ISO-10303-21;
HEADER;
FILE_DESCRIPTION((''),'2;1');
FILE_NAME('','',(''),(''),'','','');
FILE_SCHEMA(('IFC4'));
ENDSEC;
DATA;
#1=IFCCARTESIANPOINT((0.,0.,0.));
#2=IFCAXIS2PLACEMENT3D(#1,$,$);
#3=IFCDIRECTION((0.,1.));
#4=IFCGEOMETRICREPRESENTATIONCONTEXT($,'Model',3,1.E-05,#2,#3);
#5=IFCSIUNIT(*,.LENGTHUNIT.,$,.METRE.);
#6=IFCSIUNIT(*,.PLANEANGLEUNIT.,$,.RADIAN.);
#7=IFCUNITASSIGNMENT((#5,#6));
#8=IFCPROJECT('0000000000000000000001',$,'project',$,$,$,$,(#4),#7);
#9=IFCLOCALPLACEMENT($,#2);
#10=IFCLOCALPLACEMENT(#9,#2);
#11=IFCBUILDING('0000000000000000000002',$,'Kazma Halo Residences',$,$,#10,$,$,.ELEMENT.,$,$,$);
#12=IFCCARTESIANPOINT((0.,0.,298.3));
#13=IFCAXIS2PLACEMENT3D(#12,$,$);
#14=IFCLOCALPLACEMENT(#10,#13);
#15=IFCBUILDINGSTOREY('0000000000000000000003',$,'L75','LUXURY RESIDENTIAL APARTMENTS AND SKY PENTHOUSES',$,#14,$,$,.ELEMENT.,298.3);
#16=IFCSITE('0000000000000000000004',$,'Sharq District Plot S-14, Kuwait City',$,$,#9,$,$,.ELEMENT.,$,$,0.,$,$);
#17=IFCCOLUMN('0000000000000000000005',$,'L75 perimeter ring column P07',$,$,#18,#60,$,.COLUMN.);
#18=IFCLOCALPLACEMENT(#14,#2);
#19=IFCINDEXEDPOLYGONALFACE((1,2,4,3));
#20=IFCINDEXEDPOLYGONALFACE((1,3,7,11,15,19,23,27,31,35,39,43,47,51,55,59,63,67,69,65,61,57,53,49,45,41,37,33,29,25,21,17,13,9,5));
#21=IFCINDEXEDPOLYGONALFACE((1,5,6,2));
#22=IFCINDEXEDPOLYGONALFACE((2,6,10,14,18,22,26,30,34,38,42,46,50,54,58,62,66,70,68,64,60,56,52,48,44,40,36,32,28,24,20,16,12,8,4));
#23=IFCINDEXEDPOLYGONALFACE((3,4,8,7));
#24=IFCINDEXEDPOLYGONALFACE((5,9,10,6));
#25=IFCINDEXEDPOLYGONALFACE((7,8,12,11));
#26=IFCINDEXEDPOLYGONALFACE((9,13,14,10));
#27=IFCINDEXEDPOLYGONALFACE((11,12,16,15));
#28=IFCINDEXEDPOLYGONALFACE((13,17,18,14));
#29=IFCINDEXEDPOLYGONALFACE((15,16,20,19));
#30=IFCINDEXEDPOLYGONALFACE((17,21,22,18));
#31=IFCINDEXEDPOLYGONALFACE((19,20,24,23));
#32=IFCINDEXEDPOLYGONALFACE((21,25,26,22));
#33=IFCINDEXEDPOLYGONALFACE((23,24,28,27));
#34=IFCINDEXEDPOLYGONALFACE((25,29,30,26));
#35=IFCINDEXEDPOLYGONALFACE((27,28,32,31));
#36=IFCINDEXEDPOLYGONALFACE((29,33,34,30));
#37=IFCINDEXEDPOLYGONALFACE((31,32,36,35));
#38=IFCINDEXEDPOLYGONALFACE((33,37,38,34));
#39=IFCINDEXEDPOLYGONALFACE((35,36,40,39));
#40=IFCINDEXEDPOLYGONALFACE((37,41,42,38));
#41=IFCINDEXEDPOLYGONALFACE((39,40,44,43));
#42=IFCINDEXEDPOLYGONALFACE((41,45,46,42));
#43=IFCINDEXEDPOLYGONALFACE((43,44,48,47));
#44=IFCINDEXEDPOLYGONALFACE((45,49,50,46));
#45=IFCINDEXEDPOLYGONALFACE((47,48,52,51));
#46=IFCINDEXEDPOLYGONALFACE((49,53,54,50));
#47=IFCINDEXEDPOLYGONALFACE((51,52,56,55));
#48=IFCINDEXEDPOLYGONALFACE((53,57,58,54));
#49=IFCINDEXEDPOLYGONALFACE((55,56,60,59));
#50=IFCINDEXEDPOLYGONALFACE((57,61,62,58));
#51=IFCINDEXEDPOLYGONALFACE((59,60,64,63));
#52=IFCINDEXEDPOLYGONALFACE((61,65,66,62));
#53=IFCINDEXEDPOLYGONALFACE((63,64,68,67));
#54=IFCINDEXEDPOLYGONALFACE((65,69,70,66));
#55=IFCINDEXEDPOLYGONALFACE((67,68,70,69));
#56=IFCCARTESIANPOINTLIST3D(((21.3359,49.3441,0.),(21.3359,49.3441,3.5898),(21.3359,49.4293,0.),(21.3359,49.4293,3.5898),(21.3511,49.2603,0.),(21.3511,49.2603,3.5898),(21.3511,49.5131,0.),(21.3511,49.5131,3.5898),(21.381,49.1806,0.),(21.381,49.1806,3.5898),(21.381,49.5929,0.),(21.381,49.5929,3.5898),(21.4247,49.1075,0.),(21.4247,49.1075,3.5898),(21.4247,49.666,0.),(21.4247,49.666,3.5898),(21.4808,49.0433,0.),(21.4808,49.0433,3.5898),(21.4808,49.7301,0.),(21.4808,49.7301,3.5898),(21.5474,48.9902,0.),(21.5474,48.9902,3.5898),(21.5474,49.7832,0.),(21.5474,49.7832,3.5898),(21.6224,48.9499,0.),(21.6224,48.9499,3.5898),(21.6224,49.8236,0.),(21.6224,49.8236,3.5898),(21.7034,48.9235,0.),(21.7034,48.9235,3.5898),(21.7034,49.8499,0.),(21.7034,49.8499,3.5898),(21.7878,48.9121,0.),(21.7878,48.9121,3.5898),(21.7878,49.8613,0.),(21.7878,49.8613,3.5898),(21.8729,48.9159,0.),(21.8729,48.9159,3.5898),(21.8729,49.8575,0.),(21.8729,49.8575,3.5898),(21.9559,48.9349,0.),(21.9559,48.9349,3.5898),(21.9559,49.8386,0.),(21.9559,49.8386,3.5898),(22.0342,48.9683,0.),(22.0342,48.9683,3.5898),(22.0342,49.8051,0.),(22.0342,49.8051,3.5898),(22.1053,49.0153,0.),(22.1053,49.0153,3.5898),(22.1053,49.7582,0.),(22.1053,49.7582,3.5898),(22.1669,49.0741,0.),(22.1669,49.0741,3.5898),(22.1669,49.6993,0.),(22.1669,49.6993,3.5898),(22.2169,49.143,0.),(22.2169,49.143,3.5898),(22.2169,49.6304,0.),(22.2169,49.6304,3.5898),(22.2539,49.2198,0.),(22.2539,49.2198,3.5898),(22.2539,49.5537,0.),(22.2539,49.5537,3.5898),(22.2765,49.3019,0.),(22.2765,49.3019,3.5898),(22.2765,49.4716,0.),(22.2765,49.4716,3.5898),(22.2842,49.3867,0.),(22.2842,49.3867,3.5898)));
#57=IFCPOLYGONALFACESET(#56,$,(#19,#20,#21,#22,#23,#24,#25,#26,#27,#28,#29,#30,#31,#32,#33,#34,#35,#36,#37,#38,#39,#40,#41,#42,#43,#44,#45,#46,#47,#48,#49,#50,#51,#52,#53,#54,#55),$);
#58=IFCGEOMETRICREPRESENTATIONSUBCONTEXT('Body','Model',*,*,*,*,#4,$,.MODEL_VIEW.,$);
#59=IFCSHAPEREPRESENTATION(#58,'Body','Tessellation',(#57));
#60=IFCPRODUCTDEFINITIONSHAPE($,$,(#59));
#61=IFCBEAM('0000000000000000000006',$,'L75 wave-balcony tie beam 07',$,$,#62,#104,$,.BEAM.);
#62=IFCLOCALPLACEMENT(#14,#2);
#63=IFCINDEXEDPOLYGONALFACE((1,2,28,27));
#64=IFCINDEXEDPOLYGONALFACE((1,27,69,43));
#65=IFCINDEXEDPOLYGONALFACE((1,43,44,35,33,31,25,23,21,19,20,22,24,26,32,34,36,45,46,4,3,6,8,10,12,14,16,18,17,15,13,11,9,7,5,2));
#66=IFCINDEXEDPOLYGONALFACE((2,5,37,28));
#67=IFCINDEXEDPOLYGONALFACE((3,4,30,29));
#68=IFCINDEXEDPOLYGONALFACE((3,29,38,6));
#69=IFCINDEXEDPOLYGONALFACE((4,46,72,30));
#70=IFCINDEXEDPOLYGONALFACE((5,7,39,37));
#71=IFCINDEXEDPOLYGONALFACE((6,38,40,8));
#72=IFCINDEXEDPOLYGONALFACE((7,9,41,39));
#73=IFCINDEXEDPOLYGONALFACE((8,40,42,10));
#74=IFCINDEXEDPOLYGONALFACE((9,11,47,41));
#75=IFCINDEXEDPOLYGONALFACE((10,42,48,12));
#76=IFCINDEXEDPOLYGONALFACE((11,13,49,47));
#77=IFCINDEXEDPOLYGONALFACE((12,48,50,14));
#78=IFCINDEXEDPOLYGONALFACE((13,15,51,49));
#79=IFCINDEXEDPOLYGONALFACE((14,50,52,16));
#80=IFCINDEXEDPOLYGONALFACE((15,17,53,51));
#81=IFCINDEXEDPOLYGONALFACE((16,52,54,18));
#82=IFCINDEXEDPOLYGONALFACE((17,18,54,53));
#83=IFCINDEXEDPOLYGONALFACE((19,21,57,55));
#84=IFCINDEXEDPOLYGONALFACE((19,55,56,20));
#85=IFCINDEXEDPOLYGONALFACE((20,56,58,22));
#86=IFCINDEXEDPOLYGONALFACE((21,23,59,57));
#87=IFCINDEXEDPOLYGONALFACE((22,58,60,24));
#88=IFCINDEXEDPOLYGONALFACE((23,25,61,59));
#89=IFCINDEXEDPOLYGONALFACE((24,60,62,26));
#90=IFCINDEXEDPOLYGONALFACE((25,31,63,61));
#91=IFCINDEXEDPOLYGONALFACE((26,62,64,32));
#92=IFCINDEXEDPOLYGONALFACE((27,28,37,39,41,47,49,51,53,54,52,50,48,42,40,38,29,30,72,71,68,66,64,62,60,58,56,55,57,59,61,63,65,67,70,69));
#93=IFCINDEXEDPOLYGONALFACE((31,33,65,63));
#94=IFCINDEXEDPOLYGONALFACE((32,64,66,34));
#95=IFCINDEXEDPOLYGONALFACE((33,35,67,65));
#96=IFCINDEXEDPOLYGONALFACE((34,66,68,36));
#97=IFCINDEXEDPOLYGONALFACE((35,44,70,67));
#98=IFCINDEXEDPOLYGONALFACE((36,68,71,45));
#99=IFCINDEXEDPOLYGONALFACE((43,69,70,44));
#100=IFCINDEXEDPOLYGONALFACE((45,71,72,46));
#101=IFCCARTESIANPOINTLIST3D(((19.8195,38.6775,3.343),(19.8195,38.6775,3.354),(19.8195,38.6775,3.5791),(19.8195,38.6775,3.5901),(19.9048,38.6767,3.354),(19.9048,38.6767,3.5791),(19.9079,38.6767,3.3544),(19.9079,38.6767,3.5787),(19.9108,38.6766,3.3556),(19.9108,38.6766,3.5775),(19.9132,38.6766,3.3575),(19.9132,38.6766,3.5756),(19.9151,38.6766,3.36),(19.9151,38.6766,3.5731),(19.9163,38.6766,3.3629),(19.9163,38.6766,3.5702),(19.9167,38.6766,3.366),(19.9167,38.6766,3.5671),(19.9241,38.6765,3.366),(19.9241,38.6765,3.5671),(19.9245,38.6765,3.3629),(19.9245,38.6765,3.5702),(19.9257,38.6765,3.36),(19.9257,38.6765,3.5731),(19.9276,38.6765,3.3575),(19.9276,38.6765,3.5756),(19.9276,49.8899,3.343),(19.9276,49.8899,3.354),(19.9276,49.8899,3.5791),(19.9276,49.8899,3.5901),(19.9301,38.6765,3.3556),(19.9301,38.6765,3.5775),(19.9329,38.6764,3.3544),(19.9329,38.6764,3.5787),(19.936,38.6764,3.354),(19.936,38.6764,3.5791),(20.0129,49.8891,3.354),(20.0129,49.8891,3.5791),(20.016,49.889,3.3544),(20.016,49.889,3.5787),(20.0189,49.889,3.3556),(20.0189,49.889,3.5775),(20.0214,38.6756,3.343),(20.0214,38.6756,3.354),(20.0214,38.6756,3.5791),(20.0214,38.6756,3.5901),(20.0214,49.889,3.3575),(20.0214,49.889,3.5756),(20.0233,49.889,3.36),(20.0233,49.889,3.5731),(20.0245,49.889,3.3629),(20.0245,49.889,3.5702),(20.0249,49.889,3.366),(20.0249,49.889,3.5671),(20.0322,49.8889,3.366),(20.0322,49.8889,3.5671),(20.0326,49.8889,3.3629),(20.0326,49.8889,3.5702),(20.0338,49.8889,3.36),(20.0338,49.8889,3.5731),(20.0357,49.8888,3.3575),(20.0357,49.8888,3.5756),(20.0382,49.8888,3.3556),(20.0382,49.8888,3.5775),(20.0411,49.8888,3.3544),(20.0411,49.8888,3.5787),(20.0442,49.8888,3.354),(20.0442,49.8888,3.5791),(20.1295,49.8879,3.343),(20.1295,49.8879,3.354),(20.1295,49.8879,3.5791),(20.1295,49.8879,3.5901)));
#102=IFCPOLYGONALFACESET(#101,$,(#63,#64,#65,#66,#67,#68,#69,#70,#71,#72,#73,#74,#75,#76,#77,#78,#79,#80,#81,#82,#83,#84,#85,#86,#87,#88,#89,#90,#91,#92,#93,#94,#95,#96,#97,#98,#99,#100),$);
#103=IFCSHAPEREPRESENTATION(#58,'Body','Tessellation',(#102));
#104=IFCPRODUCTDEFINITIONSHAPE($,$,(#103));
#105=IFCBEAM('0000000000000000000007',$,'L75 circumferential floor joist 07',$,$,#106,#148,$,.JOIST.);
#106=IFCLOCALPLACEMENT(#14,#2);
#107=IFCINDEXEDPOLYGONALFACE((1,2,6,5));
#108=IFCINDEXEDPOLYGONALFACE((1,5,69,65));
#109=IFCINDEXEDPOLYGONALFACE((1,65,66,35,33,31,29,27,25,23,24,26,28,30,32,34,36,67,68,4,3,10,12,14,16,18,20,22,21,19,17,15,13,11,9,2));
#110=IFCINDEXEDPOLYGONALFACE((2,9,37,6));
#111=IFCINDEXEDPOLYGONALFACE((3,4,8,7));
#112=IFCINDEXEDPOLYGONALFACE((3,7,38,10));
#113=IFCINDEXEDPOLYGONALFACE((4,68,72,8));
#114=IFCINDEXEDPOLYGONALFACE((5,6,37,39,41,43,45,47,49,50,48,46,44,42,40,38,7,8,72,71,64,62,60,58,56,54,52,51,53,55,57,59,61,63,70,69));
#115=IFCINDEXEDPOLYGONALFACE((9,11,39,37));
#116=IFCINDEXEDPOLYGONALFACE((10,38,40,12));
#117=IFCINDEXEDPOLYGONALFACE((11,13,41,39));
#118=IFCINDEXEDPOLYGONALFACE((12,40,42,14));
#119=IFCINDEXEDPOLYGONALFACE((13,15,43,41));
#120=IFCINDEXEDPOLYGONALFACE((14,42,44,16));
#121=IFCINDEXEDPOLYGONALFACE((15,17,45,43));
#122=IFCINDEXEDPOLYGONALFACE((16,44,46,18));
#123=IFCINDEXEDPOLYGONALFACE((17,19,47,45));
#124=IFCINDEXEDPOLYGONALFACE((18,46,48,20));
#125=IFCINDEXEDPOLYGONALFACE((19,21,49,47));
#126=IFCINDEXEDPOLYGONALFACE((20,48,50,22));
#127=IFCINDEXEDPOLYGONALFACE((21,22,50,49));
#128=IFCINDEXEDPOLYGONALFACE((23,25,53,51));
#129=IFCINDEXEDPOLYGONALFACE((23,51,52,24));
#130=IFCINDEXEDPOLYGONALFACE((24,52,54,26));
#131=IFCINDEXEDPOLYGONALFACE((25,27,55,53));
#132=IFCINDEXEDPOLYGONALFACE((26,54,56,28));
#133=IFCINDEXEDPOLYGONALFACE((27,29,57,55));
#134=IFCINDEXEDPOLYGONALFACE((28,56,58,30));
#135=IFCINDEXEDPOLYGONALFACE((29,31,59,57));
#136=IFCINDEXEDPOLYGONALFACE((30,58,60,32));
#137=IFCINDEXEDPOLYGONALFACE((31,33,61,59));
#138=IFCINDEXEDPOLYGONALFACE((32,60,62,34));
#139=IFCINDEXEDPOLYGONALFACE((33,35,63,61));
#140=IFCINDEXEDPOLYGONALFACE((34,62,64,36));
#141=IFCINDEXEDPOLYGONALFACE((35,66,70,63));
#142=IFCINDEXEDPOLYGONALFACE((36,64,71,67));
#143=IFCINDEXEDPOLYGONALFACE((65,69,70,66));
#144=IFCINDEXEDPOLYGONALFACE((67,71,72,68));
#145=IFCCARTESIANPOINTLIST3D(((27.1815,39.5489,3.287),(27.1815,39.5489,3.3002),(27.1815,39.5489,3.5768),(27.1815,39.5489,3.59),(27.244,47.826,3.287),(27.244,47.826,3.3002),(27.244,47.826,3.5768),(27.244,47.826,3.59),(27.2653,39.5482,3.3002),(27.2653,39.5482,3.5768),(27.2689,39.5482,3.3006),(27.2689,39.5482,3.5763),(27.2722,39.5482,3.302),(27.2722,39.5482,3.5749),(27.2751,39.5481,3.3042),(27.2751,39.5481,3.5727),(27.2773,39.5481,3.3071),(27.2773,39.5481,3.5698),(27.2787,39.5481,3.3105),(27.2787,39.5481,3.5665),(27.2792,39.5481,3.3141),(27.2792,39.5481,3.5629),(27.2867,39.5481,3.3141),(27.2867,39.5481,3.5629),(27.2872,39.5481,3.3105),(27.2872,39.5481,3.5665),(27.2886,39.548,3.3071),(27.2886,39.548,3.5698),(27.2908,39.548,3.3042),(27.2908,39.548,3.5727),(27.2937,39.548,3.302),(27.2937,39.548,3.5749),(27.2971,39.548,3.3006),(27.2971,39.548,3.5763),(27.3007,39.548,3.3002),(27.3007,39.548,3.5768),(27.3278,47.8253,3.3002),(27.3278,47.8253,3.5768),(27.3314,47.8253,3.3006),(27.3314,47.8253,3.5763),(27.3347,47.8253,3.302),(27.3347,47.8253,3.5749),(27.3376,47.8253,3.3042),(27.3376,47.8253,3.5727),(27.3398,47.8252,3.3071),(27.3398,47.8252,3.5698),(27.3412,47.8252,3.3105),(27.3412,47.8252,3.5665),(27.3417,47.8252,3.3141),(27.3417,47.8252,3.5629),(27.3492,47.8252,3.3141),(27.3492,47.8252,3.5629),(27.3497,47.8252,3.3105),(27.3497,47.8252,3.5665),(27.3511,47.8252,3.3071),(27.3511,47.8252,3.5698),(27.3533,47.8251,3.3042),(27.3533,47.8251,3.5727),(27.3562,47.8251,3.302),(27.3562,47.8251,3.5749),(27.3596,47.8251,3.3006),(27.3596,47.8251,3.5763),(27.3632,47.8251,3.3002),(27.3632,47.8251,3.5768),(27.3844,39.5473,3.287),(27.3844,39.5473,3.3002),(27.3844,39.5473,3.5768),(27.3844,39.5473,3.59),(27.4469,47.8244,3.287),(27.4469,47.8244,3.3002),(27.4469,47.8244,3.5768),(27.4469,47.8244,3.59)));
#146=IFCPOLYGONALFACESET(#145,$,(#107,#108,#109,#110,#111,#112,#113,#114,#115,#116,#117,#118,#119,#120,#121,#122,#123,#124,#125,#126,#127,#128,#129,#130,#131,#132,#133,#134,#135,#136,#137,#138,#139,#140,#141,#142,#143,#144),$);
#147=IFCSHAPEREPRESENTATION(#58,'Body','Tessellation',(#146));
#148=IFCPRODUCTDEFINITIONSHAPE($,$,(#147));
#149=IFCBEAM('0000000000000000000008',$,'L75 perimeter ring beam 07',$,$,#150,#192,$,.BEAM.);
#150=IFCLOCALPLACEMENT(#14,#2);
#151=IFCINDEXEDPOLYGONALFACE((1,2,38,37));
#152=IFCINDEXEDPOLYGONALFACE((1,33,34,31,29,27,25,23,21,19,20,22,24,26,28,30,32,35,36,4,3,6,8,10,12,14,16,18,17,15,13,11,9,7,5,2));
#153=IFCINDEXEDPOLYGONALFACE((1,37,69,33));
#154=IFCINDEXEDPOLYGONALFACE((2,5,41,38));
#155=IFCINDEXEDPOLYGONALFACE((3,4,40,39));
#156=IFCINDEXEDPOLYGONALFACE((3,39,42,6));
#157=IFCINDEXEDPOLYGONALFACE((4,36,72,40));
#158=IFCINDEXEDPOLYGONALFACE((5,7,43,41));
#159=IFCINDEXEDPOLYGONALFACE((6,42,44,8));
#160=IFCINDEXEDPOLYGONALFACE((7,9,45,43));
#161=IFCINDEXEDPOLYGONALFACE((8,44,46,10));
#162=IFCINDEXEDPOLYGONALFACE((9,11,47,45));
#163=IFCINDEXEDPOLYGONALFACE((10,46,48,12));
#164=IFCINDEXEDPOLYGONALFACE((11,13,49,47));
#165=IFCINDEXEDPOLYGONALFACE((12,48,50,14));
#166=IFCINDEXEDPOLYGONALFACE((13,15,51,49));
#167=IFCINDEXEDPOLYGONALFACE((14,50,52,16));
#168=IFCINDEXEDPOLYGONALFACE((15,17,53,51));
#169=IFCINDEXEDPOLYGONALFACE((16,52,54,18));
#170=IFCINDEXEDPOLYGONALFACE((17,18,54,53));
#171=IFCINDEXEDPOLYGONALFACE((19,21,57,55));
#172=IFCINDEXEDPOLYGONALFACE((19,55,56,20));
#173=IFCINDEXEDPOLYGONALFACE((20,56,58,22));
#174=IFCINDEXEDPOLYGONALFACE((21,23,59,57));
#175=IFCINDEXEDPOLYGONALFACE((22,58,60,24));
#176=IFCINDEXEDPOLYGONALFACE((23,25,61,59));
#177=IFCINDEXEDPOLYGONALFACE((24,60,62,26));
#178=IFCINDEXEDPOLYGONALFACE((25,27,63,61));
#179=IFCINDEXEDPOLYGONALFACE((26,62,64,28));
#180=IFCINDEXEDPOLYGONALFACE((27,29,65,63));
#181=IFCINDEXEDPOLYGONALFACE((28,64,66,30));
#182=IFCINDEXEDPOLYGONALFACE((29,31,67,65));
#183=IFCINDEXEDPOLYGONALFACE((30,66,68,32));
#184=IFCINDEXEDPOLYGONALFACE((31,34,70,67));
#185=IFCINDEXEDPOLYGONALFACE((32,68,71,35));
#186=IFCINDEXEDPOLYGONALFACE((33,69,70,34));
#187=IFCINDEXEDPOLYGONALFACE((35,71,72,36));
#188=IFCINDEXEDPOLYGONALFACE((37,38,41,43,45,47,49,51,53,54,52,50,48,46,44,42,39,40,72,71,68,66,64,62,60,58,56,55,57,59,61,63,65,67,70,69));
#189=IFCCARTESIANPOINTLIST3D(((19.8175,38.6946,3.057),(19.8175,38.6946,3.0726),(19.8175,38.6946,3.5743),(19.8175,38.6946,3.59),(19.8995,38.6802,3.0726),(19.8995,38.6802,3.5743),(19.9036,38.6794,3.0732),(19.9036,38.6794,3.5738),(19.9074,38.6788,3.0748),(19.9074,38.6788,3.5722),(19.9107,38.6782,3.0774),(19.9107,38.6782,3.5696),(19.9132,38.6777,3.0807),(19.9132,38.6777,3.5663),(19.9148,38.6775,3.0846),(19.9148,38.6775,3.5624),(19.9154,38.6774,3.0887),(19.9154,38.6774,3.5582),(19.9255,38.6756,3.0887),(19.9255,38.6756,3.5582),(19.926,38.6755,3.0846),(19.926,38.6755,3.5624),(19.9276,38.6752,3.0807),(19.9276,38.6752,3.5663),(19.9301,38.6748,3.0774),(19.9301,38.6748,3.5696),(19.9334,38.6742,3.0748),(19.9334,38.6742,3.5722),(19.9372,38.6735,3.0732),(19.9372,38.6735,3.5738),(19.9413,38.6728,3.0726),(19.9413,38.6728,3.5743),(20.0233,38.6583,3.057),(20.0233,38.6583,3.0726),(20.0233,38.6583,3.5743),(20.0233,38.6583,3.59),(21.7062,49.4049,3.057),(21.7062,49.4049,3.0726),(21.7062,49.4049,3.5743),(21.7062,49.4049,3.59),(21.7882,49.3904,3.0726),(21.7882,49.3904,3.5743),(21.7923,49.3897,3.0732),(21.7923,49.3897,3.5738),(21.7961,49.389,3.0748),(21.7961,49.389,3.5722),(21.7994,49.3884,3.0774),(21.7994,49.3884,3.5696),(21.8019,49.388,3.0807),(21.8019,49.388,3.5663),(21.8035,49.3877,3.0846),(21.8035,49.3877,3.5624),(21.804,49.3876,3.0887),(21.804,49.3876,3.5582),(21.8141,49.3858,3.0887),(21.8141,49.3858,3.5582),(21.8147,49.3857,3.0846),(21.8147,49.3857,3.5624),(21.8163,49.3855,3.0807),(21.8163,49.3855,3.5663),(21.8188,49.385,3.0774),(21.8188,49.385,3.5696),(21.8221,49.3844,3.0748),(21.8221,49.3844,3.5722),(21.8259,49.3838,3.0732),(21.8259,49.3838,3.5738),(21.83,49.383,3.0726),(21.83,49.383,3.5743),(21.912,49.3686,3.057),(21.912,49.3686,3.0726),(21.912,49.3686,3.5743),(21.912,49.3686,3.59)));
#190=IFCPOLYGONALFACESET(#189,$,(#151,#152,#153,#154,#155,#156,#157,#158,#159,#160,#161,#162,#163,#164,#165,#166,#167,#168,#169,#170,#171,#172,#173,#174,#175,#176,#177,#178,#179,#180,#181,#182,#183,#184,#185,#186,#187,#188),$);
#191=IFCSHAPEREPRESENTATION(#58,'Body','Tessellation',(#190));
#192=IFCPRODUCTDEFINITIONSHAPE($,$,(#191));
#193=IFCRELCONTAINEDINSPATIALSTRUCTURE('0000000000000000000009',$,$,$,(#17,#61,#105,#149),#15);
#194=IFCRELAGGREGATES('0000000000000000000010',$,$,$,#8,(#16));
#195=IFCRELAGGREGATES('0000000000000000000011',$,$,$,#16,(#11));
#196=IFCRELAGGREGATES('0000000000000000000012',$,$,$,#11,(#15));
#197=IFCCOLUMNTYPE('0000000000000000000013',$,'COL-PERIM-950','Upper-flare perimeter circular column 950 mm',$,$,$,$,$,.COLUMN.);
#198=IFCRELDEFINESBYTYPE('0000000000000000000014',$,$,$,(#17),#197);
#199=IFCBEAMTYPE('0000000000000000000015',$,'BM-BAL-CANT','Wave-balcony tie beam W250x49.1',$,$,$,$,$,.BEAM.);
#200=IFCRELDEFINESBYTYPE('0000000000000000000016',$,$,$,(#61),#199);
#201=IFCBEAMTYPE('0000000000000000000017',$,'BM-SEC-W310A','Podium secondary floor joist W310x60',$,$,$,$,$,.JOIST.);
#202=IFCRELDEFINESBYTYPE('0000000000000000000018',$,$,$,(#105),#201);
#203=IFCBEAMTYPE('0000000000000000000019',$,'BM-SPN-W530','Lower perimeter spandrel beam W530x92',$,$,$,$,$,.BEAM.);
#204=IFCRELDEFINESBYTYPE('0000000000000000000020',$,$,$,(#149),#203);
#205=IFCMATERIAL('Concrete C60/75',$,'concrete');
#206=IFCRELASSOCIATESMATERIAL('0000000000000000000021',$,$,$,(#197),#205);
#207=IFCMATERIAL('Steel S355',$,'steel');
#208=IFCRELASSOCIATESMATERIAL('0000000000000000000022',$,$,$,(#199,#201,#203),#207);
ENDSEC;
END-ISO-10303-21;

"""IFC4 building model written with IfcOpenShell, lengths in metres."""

from ifc_helpers import new_model, si_unit, direction, frame, origin, origin_2d, place, context, subcontext, project, spatial, circle, i_section, extrude, material, material_profile, profile_set, type_object, element, save


model = new_model("IFC4")

# Units and contexts
model_context = context("Model", 3, precision=1e-05, world=origin(), true_north=direction((0.0, 1.0)))
body_context = subcontext(model_context, "Body", "Model", "MODEL_VIEW")
ifc_project = project(units=[si_unit("LENGTHUNIT", "METRE"), si_unit("PLANEANGLEUNIT", "RADIAN")], contexts=[model_context])

# Site, building, storey
site_placement = place(None, origin())
site = spatial("IfcSite", under=ifc_project, at=site_placement, Name="Sharq District Plot S-14, Kuwait City", CompositionType="ELEMENT", RefElevation=0.0)
building_placement = place(site_placement, origin())
building = spatial("IfcBuilding", under=site, at=building_placement, Name="Kazma Halo Residences", CompositionType="ELEMENT")
storey_placement = place(building_placement, frame((0.0, 0.0, 298.3)))
storey = spatial("IfcBuildingStorey", under=building, at=storey_placement, Name="L75", Description="LUXURY RESIDENTIAL APARTMENTS AND SKY PENTHOUSES", CompositionType="ELEMENT", Elevation=298.3)

# Column
ifc_material_1 = material(Name="Concrete C60/75", Category="concrete")
ifc_material_profile_1 = material_profile(ifc_material_1, circle(Radius=0.4751, at=origin_2d()), Name="CIRC950")
ifc_profile_set_1 = profile_set([ifc_material_profile_1], Name="Concrete C60/75")
column_type = type_object("IfcColumnType", Name="COL-PERIM-950", Description="Upper-flare perimeter circular column 950 mm", PredefinedType="COLUMN", material=ifc_profile_set_1)
column_placement = place(storey_placement, frame((21.8091, 49.3867, 0.0), z_axis=(0.0, 0.0, 1.0), x_axis=(1.0, 0.0, 0.0)))
element("IfcColumn", 1, at=column_placement, inside=storey, type_object=column_type, Name="L75 perimeter ring column P07", PredefinedType="COLUMN", context=body_context, shape_type="SweptSolid", body=[
    extrude(circle(Radius=0.4751, at=origin_2d()), origin(), (0.0, 0.0, 1.0), 3.5898),
])

# Beams
ifc_material_2 = material(Name="Steel S355", Category="steel")
ifc_material_profile_2 = material_profile(ifc_material_2, i_section(OverallWidth=0.2019, OverallDepth=0.2471, WebThickness=0.0073, FlangeThickness=0.011, FilletRadius=0.012, at=origin_2d()), Name="W250x49.1")
ifc_profile_set_2 = profile_set([ifc_material_profile_2], Name="Steel S355")
beam_type_1 = type_object("IfcBeamType", Name="BM-BAL-CANT", Description="Wave-balcony tie beam W250x49.1", PredefinedType="BEAM", material=ifc_profile_set_2)
beam_1_placement = place(storey_placement, frame((20.0286, 49.8889, 3.4666), z_axis=(-0.009646, -0.999953, 0.0), x_axis=(0.999953, -0.009646, 0.0)))
element("IfcBeam", 2, at=beam_1_placement, inside=storey, type_object=beam_type_1, Name="L75 wave-balcony tie beam 07", PredefinedType="BEAM", context=body_context, shape_type="SweptSolid", body=[
    extrude(i_section(OverallWidth=0.2019, OverallDepth=0.2471, WebThickness=0.0073, FlangeThickness=0.011, FilletRadius=0.012, at=origin_2d()), origin(), (0.0, 0.0, 1.0), 11.2129),
])
ifc_material_profile_3 = material_profile(ifc_material_2, i_section(OverallWidth=0.2029, OverallDepth=0.303, WebThickness=0.0076, FlangeThickness=0.0132, FilletRadius=0.0139, at=origin_2d()), Name="W310x60")
ifc_profile_set_3 = profile_set([ifc_material_profile_3], Name="Steel S355")
beam_type_2 = type_object("IfcBeamType", Name="BM-SEC-W310A", Description="Podium secondary floor joist W310x60", PredefinedType="JOIST", material=ifc_profile_set_3)
beam_2_placement = place(storey_placement, frame((27.3455, 47.8252, 3.4385), z_axis=(-0.007551, -0.999971, 0.0), x_axis=(0.999971, -0.007551, 0.0)))
element("IfcBeam", 3, at=beam_2_placement, inside=storey, type_object=beam_type_2, Name="L75 circumferential floor joist 07", PredefinedType="JOIST", context=body_context, shape_type="SweptSolid", body=[
    extrude(i_section(OverallWidth=0.2029, OverallDepth=0.303, WebThickness=0.0076, FlangeThickness=0.0132, FilletRadius=0.0139, at=origin_2d()), origin(), (0.0, 0.0, 1.0), 8.2773),
])
ifc_material_profile_4 = material_profile(ifc_material_2, i_section(OverallWidth=0.209, OverallDepth=0.533, WebThickness=0.0103, FlangeThickness=0.0156, FilletRadius=0.0161, at=origin_2d()), Name="W530x92")
ifc_profile_set_4 = profile_set([ifc_material_profile_4], Name="Steel S355")
beam_type_3 = type_object("IfcBeamType", Name="BM-SPN-W530", Description="Lower perimeter spandrel beam W530x92", PredefinedType="BEAM", material=ifc_profile_set_4)
beam_3_placement = place(storey_placement, frame((21.8091, 49.3867, 3.3235), z_axis=(-0.173664, -0.984805, 0.0), x_axis=(0.984805, -0.173664, 0.0)))
element("IfcBeam", 4, at=beam_3_placement, inside=storey, type_object=beam_type_3, Name="L75 perimeter ring beam 07", PredefinedType="BEAM", context=body_context, shape_type="SweptSolid", body=[
    extrude(i_section(OverallWidth=0.209, OverallDepth=0.533, WebThickness=0.0103, FlangeThickness=0.0156, FilletRadius=0.0161, at=origin_2d()), origin(), (0.0, 0.0, 1.0), 10.8755),
])

save(model, "model.ifc")
